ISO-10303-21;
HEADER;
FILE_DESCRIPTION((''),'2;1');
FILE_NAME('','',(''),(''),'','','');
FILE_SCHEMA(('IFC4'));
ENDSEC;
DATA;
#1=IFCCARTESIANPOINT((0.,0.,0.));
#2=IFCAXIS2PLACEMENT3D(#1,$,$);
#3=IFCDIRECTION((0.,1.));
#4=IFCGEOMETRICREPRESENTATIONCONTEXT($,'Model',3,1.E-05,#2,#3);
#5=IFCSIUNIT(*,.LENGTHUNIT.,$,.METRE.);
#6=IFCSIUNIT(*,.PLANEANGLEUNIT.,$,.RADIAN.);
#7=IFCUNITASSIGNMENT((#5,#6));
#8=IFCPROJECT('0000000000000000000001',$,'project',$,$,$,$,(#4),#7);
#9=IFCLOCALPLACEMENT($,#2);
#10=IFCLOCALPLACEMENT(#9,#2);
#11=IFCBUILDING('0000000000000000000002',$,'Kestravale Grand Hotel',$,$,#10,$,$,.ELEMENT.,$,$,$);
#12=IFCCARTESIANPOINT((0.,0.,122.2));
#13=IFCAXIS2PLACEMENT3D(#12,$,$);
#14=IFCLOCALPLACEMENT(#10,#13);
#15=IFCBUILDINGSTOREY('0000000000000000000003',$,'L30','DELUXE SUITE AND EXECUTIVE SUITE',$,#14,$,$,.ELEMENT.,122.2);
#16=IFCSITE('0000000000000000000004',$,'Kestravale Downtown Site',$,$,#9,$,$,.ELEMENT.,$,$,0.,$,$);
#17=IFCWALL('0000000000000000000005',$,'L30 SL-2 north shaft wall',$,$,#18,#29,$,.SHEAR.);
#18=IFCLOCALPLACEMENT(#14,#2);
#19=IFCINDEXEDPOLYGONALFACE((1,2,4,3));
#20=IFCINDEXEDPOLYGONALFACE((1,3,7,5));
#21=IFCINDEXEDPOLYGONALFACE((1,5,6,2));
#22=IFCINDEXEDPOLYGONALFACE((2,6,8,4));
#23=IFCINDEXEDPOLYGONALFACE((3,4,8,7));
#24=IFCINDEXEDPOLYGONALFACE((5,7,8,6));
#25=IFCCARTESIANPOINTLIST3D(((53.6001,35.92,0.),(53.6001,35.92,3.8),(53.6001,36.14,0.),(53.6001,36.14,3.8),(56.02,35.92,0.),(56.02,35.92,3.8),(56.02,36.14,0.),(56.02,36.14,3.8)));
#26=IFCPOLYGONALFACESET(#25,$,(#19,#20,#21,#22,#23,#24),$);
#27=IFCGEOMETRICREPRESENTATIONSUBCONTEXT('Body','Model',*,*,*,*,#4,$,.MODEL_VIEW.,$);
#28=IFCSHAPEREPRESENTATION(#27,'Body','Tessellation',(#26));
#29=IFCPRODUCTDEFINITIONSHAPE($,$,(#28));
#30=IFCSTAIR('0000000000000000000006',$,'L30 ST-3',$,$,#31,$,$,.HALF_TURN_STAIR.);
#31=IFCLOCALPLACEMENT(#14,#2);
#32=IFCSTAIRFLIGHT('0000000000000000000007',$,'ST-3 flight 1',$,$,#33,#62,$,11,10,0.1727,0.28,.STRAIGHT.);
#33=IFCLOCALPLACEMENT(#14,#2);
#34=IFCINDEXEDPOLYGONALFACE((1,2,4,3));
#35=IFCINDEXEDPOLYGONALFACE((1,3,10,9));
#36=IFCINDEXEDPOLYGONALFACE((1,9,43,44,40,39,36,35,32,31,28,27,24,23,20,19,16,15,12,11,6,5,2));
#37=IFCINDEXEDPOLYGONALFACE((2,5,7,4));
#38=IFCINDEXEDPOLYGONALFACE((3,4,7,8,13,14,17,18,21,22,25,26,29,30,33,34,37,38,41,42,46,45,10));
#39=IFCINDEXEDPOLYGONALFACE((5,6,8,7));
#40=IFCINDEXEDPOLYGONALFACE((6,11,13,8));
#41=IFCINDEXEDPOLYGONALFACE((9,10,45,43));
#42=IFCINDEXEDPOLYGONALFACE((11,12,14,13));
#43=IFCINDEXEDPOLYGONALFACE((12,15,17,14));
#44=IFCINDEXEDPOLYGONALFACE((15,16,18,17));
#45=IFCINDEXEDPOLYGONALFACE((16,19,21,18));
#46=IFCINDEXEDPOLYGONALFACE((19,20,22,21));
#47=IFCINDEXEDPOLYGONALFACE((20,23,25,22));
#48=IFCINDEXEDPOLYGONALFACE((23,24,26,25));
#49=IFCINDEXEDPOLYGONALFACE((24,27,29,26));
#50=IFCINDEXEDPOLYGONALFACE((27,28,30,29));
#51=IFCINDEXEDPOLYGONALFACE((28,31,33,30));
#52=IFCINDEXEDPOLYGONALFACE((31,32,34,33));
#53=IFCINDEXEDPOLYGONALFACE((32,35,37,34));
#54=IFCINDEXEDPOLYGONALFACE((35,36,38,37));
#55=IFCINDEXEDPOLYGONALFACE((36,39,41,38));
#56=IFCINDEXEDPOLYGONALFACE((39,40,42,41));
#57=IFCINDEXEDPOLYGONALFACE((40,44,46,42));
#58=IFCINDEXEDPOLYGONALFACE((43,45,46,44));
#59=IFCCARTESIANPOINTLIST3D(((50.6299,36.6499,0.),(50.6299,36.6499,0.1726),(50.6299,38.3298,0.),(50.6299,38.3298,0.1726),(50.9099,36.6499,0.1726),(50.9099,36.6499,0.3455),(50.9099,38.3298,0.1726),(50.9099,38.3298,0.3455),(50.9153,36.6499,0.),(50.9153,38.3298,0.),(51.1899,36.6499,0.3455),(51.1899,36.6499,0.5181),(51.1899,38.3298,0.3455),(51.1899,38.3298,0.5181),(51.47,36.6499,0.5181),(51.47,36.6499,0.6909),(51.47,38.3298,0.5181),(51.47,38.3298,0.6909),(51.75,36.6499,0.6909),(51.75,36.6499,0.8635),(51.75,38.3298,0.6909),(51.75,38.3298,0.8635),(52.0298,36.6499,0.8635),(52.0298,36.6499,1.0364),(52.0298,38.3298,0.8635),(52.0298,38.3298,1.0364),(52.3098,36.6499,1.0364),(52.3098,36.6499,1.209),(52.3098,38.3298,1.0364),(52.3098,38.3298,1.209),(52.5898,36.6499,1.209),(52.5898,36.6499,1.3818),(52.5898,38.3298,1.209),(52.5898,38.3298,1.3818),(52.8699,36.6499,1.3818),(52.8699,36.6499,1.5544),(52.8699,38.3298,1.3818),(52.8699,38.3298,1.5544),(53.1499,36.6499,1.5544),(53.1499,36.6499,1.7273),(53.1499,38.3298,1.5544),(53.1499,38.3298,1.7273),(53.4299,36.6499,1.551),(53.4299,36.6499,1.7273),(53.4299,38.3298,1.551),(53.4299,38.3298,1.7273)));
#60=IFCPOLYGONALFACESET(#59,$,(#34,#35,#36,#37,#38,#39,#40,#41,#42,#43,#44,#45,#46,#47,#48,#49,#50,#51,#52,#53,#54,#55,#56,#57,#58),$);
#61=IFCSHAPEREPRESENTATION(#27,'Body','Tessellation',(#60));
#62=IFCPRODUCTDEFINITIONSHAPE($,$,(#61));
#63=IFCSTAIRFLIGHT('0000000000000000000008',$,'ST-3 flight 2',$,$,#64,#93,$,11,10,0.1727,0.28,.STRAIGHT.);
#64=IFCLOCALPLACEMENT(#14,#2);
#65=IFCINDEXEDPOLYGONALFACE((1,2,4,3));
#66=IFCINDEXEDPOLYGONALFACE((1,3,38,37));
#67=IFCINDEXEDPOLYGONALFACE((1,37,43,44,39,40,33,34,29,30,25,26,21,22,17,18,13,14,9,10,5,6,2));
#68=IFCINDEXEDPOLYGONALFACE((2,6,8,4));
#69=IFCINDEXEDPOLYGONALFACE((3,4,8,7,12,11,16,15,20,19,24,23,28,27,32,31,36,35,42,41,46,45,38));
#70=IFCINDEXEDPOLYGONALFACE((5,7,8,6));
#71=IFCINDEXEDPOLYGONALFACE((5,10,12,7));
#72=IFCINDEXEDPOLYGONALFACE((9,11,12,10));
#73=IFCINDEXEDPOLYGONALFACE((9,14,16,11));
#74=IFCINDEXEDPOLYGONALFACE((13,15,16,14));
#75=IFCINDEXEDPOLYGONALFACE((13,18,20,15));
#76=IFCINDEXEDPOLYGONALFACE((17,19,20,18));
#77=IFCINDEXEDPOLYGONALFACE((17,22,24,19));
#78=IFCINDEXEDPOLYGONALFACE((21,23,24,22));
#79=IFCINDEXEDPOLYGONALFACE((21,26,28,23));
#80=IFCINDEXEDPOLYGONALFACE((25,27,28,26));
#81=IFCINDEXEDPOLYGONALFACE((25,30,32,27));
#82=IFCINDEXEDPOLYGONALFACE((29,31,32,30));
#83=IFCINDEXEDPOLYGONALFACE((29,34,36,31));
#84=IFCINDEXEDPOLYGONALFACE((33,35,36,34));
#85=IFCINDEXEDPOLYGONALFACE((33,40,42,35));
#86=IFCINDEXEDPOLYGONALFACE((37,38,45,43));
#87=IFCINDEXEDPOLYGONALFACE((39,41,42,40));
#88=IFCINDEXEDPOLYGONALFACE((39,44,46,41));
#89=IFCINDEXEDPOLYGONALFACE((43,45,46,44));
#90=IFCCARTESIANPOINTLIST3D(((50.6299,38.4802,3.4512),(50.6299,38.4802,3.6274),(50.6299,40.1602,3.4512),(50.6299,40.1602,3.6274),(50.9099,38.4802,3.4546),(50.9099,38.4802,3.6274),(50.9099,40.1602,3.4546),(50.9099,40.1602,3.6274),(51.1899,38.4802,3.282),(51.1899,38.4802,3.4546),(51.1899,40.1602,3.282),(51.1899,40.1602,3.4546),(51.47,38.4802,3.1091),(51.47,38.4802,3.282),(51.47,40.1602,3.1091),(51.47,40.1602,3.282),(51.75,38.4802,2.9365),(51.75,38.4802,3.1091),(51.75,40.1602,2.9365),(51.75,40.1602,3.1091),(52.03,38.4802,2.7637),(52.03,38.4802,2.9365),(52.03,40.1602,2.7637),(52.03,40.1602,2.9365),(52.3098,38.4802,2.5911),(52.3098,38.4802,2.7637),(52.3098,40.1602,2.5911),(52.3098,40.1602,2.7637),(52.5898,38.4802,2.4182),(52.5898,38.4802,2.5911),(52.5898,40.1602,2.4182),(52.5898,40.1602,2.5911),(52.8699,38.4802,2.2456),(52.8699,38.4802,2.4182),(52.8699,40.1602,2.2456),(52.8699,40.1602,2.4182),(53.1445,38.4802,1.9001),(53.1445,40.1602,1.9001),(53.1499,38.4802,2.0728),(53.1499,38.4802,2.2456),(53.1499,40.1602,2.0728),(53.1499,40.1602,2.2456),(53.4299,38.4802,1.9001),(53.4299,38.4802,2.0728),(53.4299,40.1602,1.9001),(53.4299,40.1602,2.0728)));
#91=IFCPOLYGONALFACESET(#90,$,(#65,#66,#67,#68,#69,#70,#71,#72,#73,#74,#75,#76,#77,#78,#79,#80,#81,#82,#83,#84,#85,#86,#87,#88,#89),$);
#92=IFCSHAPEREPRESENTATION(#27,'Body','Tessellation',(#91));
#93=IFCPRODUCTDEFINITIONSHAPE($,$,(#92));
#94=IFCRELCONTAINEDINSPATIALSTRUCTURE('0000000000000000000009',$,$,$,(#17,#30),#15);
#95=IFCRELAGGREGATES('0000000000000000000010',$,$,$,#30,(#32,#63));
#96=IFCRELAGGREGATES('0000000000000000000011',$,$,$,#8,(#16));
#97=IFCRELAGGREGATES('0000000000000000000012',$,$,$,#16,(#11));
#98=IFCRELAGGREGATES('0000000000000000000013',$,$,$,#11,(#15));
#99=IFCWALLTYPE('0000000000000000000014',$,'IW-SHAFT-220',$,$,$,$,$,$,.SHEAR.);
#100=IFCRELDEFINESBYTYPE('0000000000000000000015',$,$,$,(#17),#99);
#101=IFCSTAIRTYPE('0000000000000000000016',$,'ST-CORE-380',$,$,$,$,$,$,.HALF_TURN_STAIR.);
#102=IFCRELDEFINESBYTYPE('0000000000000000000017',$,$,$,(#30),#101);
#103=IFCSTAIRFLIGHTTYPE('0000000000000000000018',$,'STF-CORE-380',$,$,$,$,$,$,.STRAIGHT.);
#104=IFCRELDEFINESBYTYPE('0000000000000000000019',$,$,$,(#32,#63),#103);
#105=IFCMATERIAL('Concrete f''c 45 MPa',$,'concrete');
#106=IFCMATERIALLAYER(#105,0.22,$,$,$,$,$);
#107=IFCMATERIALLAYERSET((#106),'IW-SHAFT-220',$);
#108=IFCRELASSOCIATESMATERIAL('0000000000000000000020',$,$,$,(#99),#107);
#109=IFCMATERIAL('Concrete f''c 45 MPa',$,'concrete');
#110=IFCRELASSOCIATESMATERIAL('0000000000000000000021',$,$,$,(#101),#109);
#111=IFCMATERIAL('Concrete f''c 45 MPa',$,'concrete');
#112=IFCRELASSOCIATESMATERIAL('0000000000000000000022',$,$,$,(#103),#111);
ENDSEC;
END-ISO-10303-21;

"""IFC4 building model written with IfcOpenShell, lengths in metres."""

from ifc_helpers import new_model, si_unit, direction, frame, frame_2d, origin, place, context, subcontext, project, spatial, polyline, rectangle, outline, extrude, material, layer, layer_set, type_object, element, aggregate, save


model = new_model("IFC4")

# Units and contexts
model_context = context("Model", 3, precision=1e-05, world=origin(), true_north=direction((0.0, 1.0)))
body_context = subcontext(model_context, "Body", "Model", "MODEL_VIEW")
ifc_project = project(units=[si_unit("LENGTHUNIT", "METRE"), si_unit("PLANEANGLEUNIT", "RADIAN")], contexts=[model_context])

# Site, building, storey
site_placement = place(None, origin())
site = spatial("IfcSite", under=ifc_project, at=site_placement, Name="Kestravale Downtown Site", CompositionType="ELEMENT", RefElevation=0.0)
building_placement = place(site_placement, origin())
building = spatial("IfcBuilding", under=site, at=building_placement, Name="Kestravale Grand Hotel", CompositionType="ELEMENT")
storey_placement = place(building_placement, frame((0.0, 0.0, 122.2)))
storey = spatial("IfcBuildingStorey", under=building, at=storey_placement, Name="L30", Description="DELUXE SUITE AND EXECUTIVE SUITE", CompositionType="ELEMENT", Elevation=122.2)

# Shared definitions
ifc_material_1 = material(Name="Concrete f'c 45 MPa", Category="concrete")
ifc_layer_1 = layer(ifc_material_1, 0.22)
ifc_layer_set_1 = layer_set([ifc_layer_1], Name="IW-SHAFT-220")
wall_type_1 = type_object("IfcWallType", Name="IW-SHAFT-220", PredefinedType="SHEAR", material=ifc_layer_set_1)

# Wall
wall_1_placement = place(storey_placement, frame((53.6001, 36.03, 0.0), z_axis=(0.0, 0.0, 1.0), x_axis=(1.0, 0.0, 0.0)))
element("IfcWall", 1, at=wall_1_placement, inside=storey, type_object=wall_type_1, Name="L30 SL-2 north shaft wall", PredefinedType="SHEAR", context=body_context, shape_type="SweptSolid", body=[
    extrude(rectangle(XDim=2.4199, YDim=0.22, at=frame_2d((1.21, 0.0))), origin(), (0.0, 0.0, 1.0), 3.8),
])

# Stair, stair flights
ifc_material_2 = material(Name="Concrete f'c 45 MPa", Category="concrete")
stair_type = type_object("IfcStairType", Name="ST-CORE-380", PredefinedType="HALF_TURN_STAIR", material=ifc_material_2)
stair_placement = place(storey_placement, origin())
stair = element("IfcStair", 2, at=stair_placement, inside=storey, type_object=stair_type, Name="L30 ST-3", PredefinedType="HALF_TURN_STAIR")
ifc_material_3 = material(Name="Concrete f'c 45 MPa", Category="concrete")
stair_flight_type = type_object("IfcStairFlightType", Name="STF-CORE-380", PredefinedType="STRAIGHT", material=ifc_material_3)
stair_flight_1_placement = place(storey_placement, frame((50.6299, 37.49, 0.0), z_axis=(0.0, 0.0, 1.0), x_axis=(1.0, 0.0, 0.0)))
stair_flight_1 = element("IfcStairFlight", 3, at=stair_flight_1_placement, type_object=stair_flight_type, Name="ST-3 flight 1", NumberOfRisers=11, NumberOfTreads=10, PredefinedType="STRAIGHT", RiserHeight=0.1727, TreadLength=0.28, context=body_context, shape_type="SweptSolid", body=[
    extrude(outline(polyline([(0.0, 0.0), (0.0, 0.1726), (0.28, 0.1726), (0.28, 0.3455), (0.5601, 0.3455), (0.5601, 0.5181), (0.8401, 0.5181), (0.8401, 0.6909), (1.1201, 0.6909), (1.1201, 0.8635), (1.3999, 0.8635), (1.3999, 1.0364), (1.6799, 1.0364), (1.6799, 1.209), (1.96, 1.209), (1.96, 1.3818), (2.24, 1.3818), (2.24, 1.5544), (2.52, 1.5544), (2.52, 1.7273), (2.8, 1.7273), (2.8, 1.8999), (2.8, 1.551), (0.2854, 0.0), (0.0, 0.0)])), frame((0.0, 0.8398, 0.0), z_axis=(0.0, -1.0, 0.0), x_axis=(1.0, 0.0, 0.0)), (0.0, 0.0, 1.0), 1.6799),
])
stair_flight_2_placement = place(storey_placement, frame((53.4299, 39.3201, 1.9001), z_axis=(0.0, 0.0, 1.0), x_axis=(-1.0, 0.0, 0.0)))
stair_flight_2 = element("IfcStairFlight", 4, at=stair_flight_2_placement, type_object=stair_flight_type, Name="ST-3 flight 2", NumberOfRisers=11, NumberOfTreads=10, PredefinedType="STRAIGHT", RiserHeight=0.1727, TreadLength=0.28, context=body_context, shape_type="SweptSolid", body=[
    extrude(outline(polyline([(0.0, 0.0), (0.0, 0.1726), (0.28, 0.1726), (0.28, 0.3455), (0.5601, 0.3455), (0.5601, 0.5181), (0.8401, 0.5181), (0.8401, 0.6909), (1.1201, 0.6909), (1.1201, 0.8635), (1.3999, 0.8635), (1.3999, 1.0364), (1.6799, 1.0364), (1.6799, 1.209), (1.96, 1.209), (1.96, 1.3818), (2.24, 1.3818), (2.24, 1.5544), (2.52, 1.5544), (2.52, 1.7273), (2.8, 1.7273), (2.8, 1.8999), (2.8, 1.551), (0.2854, 0.0), (0.0, 0.0)])), frame((0.0, 0.8398, 0.0), z_axis=(0.0, -1.0, 0.0), x_axis=(1.0, 0.0, 0.0)), (0.0, 0.0, 1.0), 1.6799),
])
aggregate(stair, [stair_flight_1, stair_flight_2])

save(model, "model.ifc")
